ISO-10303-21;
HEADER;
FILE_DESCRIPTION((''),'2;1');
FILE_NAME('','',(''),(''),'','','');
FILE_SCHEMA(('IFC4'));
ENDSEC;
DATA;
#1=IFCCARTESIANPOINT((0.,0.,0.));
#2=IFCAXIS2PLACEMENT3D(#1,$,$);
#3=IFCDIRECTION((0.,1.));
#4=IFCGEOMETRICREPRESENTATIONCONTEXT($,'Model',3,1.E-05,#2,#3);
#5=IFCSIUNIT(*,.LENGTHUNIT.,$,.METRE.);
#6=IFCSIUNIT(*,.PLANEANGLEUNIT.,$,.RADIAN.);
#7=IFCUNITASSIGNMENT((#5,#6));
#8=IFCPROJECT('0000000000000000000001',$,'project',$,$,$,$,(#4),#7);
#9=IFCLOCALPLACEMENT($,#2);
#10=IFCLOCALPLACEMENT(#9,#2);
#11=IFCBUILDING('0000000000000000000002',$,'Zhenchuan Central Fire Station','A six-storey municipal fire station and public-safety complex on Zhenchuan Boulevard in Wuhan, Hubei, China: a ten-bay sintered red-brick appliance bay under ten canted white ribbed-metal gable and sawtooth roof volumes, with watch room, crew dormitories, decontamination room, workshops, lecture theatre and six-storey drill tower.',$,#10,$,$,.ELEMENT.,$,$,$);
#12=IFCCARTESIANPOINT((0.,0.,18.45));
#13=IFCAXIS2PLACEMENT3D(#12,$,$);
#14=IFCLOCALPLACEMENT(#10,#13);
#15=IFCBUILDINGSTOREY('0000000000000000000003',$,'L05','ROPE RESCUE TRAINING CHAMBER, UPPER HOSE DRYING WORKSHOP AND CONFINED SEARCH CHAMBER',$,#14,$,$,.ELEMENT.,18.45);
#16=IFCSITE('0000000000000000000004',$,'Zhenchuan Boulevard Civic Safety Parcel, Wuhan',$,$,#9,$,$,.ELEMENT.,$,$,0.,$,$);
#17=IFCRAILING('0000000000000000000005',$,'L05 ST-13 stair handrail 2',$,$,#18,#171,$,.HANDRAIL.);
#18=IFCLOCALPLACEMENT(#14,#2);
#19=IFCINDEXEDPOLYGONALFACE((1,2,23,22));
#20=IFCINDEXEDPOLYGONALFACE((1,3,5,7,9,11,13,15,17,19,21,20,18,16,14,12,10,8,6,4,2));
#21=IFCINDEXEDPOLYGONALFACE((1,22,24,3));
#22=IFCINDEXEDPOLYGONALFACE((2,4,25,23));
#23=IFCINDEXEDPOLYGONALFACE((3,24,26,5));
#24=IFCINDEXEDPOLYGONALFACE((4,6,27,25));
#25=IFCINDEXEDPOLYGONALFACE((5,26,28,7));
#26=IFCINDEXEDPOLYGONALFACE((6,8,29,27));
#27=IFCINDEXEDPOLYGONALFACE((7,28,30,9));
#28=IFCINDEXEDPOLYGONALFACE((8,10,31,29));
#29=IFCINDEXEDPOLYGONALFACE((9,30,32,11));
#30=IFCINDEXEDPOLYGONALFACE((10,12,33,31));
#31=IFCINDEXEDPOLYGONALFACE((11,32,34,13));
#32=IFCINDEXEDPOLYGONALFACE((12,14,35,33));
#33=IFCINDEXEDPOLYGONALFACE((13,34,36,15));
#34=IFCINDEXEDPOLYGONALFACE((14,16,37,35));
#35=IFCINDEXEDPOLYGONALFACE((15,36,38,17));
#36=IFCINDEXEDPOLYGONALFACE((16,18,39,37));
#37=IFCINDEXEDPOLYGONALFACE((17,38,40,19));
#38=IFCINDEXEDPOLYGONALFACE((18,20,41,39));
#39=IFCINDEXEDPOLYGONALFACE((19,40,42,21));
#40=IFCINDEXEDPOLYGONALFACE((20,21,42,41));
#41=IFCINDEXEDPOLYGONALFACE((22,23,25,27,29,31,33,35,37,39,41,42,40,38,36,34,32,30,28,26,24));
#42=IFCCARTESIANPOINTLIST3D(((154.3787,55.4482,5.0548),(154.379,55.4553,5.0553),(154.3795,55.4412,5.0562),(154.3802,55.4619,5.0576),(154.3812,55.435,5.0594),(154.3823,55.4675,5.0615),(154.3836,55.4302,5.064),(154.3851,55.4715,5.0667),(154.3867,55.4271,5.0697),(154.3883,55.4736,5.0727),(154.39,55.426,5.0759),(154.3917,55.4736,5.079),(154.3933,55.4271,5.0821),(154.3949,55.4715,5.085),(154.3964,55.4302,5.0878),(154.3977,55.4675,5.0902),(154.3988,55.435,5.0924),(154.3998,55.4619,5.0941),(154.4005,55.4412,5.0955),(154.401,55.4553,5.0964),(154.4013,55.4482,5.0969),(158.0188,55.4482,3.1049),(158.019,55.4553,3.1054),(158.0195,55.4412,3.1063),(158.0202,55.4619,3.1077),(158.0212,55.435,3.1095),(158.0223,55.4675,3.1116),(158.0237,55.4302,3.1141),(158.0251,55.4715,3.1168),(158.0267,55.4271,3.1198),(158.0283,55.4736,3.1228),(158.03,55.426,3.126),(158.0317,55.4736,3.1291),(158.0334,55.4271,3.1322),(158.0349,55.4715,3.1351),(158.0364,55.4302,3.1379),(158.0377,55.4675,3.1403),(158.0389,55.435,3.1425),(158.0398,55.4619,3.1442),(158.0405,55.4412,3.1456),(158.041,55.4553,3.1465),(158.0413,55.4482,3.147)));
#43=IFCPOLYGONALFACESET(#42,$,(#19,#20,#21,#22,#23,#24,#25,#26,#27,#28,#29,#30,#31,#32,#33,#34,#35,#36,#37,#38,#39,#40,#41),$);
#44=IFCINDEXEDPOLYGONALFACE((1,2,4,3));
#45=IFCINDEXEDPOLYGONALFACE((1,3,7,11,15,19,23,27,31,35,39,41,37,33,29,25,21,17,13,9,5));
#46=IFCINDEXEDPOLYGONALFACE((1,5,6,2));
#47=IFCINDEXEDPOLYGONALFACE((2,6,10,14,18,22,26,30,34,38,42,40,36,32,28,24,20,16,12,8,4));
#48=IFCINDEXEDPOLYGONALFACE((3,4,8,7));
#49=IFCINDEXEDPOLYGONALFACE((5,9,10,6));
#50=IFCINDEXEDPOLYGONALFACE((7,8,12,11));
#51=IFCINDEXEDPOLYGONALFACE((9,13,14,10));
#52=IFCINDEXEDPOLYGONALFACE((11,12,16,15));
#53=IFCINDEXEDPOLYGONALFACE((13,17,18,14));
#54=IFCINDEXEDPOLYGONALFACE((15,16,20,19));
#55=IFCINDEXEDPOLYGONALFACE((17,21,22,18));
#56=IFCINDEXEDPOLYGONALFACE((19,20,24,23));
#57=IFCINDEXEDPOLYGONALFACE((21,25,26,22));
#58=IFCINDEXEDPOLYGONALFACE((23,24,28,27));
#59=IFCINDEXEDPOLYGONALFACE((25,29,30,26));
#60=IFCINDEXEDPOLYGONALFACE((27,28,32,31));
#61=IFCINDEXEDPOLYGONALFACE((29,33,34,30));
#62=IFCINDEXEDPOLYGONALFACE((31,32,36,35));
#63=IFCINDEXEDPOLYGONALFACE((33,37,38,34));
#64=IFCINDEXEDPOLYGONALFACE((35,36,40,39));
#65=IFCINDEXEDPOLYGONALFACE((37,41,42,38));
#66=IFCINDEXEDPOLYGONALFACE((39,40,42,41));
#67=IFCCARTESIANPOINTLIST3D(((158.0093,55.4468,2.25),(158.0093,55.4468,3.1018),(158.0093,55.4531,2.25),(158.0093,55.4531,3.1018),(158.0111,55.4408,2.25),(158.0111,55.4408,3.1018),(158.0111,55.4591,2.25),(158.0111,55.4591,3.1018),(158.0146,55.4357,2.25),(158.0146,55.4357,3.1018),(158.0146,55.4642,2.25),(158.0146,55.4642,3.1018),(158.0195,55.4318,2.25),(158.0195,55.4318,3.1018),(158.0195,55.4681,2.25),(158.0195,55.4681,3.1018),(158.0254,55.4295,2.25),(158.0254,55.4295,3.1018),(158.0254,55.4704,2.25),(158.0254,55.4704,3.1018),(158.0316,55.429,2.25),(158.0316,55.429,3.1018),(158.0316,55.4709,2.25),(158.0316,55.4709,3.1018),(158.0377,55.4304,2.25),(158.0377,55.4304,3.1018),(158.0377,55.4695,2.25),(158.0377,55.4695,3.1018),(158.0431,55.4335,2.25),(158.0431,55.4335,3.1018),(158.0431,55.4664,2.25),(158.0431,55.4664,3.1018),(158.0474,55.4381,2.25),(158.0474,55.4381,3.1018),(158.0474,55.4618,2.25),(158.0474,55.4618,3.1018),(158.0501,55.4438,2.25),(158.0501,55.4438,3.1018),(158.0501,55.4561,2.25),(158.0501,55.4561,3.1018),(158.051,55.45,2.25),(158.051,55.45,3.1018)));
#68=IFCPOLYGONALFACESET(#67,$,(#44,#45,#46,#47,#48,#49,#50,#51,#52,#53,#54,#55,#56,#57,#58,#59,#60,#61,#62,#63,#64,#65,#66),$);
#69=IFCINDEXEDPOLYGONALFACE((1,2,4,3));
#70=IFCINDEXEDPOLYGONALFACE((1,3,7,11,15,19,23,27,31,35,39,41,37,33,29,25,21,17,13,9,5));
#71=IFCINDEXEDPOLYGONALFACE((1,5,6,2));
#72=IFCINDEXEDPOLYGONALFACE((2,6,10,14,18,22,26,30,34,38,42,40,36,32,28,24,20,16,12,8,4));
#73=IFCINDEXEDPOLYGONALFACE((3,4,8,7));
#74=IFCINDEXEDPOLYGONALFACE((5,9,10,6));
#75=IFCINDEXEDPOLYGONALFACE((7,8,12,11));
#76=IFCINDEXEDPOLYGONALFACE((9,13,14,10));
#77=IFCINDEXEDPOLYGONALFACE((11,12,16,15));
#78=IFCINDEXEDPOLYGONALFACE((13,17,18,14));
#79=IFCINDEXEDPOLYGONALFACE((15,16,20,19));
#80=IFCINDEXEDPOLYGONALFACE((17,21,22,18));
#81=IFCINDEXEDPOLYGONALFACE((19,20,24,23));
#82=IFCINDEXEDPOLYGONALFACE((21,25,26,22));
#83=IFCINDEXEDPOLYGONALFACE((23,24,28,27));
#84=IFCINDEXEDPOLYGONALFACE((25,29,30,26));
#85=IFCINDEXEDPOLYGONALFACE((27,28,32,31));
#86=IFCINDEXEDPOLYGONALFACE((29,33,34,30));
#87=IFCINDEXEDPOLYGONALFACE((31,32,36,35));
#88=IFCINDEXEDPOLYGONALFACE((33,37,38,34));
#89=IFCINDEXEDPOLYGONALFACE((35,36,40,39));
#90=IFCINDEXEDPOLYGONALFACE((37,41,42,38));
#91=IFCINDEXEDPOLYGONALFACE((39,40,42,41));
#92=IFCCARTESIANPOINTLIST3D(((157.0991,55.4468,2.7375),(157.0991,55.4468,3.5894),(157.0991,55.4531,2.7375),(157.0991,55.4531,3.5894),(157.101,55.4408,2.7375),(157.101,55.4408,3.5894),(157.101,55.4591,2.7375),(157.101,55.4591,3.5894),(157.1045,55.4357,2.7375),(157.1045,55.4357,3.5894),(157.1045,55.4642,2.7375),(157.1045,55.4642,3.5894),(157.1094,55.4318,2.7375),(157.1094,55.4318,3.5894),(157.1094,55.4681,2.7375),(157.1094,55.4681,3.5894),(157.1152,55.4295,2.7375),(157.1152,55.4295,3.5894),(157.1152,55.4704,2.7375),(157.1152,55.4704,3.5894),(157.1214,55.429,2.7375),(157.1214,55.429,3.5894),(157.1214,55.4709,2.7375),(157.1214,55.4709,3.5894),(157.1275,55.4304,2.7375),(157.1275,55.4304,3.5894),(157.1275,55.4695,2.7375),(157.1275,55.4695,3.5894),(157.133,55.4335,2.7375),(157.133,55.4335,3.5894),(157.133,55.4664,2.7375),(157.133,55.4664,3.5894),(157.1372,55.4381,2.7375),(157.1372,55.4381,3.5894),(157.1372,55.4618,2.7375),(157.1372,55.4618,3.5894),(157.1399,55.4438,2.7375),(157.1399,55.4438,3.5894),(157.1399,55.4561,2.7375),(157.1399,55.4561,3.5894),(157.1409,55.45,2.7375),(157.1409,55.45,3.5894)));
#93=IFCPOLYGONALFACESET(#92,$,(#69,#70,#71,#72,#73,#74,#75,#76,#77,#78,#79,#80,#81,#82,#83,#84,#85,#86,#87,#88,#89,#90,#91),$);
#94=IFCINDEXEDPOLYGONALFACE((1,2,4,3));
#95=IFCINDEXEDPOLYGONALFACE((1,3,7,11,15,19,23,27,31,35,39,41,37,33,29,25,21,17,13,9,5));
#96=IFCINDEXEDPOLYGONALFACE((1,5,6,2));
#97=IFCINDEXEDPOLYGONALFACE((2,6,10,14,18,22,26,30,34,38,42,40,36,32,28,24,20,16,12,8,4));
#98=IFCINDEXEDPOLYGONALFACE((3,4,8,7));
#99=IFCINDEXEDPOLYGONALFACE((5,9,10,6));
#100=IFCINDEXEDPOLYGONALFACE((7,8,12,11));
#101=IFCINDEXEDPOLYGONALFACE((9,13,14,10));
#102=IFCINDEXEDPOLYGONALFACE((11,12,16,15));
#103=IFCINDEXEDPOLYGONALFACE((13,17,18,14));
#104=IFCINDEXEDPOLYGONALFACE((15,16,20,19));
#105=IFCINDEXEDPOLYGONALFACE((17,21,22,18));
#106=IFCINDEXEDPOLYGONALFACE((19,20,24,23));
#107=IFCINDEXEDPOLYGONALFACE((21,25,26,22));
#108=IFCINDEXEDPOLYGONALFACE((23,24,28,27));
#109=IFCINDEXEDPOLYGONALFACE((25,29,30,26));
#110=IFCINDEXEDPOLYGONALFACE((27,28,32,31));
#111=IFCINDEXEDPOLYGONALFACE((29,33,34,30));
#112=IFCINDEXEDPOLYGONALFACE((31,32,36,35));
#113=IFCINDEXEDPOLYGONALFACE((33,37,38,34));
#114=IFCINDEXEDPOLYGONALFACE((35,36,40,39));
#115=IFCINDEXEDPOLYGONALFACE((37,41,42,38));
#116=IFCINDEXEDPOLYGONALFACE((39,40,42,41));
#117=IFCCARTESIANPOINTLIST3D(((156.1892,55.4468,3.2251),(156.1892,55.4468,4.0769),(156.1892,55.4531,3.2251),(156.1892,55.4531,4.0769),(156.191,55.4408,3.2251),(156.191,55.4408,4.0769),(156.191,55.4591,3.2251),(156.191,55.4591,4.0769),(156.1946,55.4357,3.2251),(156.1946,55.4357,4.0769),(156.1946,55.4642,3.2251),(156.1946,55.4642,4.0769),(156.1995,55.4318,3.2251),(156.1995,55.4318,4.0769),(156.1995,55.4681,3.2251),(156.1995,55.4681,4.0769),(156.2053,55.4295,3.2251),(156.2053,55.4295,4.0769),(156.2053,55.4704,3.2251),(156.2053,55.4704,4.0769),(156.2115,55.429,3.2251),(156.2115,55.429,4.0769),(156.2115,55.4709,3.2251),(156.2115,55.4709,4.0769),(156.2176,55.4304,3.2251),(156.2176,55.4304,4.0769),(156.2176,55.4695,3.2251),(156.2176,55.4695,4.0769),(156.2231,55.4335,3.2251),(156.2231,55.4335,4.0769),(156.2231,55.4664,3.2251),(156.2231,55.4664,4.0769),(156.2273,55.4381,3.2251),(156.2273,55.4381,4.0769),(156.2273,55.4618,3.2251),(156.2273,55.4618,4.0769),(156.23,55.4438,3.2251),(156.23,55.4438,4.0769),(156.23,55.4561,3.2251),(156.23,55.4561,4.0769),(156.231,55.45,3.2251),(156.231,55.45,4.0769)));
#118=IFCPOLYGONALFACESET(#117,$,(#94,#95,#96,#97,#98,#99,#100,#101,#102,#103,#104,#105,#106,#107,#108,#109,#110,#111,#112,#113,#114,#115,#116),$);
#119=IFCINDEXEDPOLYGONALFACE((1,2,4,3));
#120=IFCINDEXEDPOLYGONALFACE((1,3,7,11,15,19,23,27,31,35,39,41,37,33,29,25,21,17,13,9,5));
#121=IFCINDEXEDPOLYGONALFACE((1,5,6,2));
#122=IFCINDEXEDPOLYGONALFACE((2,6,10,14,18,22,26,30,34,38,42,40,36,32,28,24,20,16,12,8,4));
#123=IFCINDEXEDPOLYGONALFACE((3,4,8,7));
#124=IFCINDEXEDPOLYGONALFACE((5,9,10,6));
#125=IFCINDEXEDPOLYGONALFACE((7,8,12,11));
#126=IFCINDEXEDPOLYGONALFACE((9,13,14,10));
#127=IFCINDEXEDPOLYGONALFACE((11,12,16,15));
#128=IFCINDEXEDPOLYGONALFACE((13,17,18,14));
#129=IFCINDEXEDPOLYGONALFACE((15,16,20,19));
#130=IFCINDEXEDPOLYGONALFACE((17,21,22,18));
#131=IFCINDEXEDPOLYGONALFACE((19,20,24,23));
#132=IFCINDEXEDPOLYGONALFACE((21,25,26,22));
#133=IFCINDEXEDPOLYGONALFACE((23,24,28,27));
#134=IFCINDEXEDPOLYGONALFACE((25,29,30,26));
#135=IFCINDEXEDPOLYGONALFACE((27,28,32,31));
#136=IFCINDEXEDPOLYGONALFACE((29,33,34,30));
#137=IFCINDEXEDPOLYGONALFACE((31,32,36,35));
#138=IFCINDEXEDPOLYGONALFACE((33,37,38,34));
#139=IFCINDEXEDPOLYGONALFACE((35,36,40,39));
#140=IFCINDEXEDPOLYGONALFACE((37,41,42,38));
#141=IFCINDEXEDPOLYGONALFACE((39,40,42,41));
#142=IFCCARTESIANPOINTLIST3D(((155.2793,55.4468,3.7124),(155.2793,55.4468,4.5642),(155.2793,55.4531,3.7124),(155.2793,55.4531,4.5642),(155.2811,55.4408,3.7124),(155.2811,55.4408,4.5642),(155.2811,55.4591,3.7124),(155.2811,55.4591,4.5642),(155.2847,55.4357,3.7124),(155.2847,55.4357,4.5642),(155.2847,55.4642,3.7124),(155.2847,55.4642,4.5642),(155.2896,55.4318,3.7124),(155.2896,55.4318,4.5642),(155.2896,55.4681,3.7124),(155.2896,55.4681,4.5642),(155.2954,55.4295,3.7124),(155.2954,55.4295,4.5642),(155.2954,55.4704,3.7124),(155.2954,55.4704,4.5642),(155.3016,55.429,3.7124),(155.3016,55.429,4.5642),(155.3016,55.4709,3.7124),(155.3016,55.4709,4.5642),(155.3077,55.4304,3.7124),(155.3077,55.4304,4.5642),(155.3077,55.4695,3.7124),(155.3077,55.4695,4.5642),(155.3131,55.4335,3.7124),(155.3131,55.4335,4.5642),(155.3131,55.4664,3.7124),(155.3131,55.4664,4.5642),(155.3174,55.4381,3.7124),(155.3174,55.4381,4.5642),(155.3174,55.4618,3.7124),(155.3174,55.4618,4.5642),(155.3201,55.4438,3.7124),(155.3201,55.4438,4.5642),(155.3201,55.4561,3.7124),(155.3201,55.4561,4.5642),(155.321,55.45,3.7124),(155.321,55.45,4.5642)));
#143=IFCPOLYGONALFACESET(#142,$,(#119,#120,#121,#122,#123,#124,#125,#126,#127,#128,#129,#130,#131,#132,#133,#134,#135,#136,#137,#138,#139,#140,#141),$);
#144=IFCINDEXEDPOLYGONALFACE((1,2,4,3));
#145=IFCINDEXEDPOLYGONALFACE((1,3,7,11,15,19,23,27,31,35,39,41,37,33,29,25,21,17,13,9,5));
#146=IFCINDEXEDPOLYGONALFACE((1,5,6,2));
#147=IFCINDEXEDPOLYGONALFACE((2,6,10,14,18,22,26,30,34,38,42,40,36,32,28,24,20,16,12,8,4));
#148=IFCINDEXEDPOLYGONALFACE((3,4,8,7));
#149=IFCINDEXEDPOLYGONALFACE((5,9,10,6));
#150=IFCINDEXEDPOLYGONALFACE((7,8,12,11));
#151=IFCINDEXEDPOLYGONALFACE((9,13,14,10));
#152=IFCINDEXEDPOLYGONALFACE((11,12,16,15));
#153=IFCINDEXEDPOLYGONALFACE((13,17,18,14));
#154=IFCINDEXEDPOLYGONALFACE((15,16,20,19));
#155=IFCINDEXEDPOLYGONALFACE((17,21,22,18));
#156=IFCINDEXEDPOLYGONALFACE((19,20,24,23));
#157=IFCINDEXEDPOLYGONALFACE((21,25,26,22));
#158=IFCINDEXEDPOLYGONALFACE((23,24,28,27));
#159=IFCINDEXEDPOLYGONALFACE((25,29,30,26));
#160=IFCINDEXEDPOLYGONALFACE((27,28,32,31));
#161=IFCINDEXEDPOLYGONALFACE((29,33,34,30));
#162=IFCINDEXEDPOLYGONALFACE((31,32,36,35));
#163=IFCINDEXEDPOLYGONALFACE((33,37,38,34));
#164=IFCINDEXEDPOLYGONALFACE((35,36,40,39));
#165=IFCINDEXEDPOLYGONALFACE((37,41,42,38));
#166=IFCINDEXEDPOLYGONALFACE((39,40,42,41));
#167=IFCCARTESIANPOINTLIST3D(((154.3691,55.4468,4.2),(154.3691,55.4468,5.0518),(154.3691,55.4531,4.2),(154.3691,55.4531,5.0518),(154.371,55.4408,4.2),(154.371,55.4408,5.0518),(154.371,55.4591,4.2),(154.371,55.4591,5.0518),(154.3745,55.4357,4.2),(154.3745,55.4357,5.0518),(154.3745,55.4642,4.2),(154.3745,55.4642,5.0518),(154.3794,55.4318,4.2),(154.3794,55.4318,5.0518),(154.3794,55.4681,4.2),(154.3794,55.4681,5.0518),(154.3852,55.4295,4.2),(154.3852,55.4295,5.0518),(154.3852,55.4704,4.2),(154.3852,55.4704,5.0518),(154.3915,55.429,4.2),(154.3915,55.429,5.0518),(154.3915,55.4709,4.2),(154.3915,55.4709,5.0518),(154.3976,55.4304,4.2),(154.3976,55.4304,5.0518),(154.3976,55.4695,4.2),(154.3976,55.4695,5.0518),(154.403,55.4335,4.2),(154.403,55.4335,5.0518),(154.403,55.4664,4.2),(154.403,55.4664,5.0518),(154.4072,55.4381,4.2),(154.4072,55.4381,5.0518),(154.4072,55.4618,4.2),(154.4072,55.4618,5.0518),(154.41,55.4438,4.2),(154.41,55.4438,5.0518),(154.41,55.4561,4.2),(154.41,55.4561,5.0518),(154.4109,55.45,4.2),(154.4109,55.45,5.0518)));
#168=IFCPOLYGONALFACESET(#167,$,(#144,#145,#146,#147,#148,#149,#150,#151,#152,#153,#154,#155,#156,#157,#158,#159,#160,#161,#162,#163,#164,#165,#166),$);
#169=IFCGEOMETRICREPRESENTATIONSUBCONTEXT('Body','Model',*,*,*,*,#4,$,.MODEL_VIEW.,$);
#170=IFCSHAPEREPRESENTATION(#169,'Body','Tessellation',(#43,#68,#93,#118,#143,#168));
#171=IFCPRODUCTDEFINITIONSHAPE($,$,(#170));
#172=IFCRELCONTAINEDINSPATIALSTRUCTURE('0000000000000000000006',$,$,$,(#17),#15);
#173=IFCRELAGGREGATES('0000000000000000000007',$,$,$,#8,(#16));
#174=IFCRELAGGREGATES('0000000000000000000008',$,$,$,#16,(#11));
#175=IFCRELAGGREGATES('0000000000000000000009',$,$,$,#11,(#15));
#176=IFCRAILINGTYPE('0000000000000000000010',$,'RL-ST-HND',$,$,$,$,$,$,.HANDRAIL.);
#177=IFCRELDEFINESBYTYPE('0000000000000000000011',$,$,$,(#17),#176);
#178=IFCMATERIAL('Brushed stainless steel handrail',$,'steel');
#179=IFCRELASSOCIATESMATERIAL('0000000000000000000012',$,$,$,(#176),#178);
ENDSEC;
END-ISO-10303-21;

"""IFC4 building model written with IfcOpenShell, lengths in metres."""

from ifc_helpers import new_model, si_unit, direction, frame, origin, origin_2d, place, context, subcontext, project, spatial, circle, extrude, material, type_object, element, save


model = new_model("IFC4")

# Units and contexts
model_context = context("Model", 3, precision=1e-05, world=origin(), true_north=direction((0.0, 1.0)))
body_context = subcontext(model_context, "Body", "Model", "MODEL_VIEW")
ifc_project = project(units=[si_unit("LENGTHUNIT", "METRE"), si_unit("PLANEANGLEUNIT", "RADIAN")], contexts=[model_context])

# Site, building, storey
site_placement = place(None, origin())
site = spatial("IfcSite", under=ifc_project, at=site_placement, Name="Zhenchuan Boulevard Civic Safety Parcel, Wuhan", CompositionType="ELEMENT", RefElevation=0.0)
building_placement = place(site_placement, origin())
building = spatial("IfcBuilding", under=site, at=building_placement, Name="Zhenchuan Central Fire Station", Description="A six-storey municipal fire station and public-safety complex on Zhenchuan Boulevard in Wuhan, Hubei, China: a ten-bay sintered red-brick appliance bay under ten canted white ribbed-metal gable and sawtooth roof volumes, with watch room, crew dormitories, decontamination room, workshops, lecture theatre and six-storey drill tower.", CompositionType="ELEMENT")
storey_placement = place(building_placement, frame((0.0, 0.0, 18.45)))
storey = spatial("IfcBuildingStorey", under=building, at=storey_placement, Name="L05", Description="ROPE RESCUE TRAINING CHAMBER, UPPER HOSE DRYING WORKSHOP AND CONFINED SEARCH CHAMBER", CompositionType="ELEMENT", Elevation=18.45)

# Railing
ifc_material_1 = material(Name="Brushed stainless steel handrail", Category="steel")
railing_type_1 = type_object("IfcRailingType", Name="RL-ST-HND", PredefinedType="HANDRAIL", material=ifc_material_1)
railing_1_placement = place(storey_placement, frame((158.03, 55.45, 2.25)))
element("IfcRailing", 1, at=railing_1_placement, inside=storey, type_object=railing_type_1, Name="L05 ST-13 stair handrail 2", PredefinedType="HANDRAIL", context=body_context, shape_type="SweptSolid", body=[
    extrude(circle(Radius=0.0239, at=origin_2d()), frame((0.0, 0.0, 0.876), z_axis=(-0.881492, 0.0, 0.472198), x_axis=(0.0, -1.0, 0.0)), (0.0, 0.0, 1.0), 4.1294),
    extrude(circle(Radius=0.021, at=origin_2d()), origin(), (0.0, 0.0, 1.0), 0.8518),
    extrude(circle(Radius=0.021, at=origin_2d()), frame((-0.9102, 0.0, 0.4875)), (0.0, 0.0, 1.0), 0.8518),
    extrude(circle(Radius=0.021, at=origin_2d()), frame((-1.8201, 0.0, 0.9751)), (0.0, 0.0, 1.0), 0.8518),
    extrude(circle(Radius=0.021, at=origin_2d()), frame((-2.73, 0.0, 1.4624)), (0.0, 0.0, 1.0), 0.8518),
    extrude(circle(Radius=0.021, at=origin_2d()), frame((-3.6401, 0.0, 1.95)), (0.0, 0.0, 1.0), 0.8518),
])

save(model, "model.ifc")
